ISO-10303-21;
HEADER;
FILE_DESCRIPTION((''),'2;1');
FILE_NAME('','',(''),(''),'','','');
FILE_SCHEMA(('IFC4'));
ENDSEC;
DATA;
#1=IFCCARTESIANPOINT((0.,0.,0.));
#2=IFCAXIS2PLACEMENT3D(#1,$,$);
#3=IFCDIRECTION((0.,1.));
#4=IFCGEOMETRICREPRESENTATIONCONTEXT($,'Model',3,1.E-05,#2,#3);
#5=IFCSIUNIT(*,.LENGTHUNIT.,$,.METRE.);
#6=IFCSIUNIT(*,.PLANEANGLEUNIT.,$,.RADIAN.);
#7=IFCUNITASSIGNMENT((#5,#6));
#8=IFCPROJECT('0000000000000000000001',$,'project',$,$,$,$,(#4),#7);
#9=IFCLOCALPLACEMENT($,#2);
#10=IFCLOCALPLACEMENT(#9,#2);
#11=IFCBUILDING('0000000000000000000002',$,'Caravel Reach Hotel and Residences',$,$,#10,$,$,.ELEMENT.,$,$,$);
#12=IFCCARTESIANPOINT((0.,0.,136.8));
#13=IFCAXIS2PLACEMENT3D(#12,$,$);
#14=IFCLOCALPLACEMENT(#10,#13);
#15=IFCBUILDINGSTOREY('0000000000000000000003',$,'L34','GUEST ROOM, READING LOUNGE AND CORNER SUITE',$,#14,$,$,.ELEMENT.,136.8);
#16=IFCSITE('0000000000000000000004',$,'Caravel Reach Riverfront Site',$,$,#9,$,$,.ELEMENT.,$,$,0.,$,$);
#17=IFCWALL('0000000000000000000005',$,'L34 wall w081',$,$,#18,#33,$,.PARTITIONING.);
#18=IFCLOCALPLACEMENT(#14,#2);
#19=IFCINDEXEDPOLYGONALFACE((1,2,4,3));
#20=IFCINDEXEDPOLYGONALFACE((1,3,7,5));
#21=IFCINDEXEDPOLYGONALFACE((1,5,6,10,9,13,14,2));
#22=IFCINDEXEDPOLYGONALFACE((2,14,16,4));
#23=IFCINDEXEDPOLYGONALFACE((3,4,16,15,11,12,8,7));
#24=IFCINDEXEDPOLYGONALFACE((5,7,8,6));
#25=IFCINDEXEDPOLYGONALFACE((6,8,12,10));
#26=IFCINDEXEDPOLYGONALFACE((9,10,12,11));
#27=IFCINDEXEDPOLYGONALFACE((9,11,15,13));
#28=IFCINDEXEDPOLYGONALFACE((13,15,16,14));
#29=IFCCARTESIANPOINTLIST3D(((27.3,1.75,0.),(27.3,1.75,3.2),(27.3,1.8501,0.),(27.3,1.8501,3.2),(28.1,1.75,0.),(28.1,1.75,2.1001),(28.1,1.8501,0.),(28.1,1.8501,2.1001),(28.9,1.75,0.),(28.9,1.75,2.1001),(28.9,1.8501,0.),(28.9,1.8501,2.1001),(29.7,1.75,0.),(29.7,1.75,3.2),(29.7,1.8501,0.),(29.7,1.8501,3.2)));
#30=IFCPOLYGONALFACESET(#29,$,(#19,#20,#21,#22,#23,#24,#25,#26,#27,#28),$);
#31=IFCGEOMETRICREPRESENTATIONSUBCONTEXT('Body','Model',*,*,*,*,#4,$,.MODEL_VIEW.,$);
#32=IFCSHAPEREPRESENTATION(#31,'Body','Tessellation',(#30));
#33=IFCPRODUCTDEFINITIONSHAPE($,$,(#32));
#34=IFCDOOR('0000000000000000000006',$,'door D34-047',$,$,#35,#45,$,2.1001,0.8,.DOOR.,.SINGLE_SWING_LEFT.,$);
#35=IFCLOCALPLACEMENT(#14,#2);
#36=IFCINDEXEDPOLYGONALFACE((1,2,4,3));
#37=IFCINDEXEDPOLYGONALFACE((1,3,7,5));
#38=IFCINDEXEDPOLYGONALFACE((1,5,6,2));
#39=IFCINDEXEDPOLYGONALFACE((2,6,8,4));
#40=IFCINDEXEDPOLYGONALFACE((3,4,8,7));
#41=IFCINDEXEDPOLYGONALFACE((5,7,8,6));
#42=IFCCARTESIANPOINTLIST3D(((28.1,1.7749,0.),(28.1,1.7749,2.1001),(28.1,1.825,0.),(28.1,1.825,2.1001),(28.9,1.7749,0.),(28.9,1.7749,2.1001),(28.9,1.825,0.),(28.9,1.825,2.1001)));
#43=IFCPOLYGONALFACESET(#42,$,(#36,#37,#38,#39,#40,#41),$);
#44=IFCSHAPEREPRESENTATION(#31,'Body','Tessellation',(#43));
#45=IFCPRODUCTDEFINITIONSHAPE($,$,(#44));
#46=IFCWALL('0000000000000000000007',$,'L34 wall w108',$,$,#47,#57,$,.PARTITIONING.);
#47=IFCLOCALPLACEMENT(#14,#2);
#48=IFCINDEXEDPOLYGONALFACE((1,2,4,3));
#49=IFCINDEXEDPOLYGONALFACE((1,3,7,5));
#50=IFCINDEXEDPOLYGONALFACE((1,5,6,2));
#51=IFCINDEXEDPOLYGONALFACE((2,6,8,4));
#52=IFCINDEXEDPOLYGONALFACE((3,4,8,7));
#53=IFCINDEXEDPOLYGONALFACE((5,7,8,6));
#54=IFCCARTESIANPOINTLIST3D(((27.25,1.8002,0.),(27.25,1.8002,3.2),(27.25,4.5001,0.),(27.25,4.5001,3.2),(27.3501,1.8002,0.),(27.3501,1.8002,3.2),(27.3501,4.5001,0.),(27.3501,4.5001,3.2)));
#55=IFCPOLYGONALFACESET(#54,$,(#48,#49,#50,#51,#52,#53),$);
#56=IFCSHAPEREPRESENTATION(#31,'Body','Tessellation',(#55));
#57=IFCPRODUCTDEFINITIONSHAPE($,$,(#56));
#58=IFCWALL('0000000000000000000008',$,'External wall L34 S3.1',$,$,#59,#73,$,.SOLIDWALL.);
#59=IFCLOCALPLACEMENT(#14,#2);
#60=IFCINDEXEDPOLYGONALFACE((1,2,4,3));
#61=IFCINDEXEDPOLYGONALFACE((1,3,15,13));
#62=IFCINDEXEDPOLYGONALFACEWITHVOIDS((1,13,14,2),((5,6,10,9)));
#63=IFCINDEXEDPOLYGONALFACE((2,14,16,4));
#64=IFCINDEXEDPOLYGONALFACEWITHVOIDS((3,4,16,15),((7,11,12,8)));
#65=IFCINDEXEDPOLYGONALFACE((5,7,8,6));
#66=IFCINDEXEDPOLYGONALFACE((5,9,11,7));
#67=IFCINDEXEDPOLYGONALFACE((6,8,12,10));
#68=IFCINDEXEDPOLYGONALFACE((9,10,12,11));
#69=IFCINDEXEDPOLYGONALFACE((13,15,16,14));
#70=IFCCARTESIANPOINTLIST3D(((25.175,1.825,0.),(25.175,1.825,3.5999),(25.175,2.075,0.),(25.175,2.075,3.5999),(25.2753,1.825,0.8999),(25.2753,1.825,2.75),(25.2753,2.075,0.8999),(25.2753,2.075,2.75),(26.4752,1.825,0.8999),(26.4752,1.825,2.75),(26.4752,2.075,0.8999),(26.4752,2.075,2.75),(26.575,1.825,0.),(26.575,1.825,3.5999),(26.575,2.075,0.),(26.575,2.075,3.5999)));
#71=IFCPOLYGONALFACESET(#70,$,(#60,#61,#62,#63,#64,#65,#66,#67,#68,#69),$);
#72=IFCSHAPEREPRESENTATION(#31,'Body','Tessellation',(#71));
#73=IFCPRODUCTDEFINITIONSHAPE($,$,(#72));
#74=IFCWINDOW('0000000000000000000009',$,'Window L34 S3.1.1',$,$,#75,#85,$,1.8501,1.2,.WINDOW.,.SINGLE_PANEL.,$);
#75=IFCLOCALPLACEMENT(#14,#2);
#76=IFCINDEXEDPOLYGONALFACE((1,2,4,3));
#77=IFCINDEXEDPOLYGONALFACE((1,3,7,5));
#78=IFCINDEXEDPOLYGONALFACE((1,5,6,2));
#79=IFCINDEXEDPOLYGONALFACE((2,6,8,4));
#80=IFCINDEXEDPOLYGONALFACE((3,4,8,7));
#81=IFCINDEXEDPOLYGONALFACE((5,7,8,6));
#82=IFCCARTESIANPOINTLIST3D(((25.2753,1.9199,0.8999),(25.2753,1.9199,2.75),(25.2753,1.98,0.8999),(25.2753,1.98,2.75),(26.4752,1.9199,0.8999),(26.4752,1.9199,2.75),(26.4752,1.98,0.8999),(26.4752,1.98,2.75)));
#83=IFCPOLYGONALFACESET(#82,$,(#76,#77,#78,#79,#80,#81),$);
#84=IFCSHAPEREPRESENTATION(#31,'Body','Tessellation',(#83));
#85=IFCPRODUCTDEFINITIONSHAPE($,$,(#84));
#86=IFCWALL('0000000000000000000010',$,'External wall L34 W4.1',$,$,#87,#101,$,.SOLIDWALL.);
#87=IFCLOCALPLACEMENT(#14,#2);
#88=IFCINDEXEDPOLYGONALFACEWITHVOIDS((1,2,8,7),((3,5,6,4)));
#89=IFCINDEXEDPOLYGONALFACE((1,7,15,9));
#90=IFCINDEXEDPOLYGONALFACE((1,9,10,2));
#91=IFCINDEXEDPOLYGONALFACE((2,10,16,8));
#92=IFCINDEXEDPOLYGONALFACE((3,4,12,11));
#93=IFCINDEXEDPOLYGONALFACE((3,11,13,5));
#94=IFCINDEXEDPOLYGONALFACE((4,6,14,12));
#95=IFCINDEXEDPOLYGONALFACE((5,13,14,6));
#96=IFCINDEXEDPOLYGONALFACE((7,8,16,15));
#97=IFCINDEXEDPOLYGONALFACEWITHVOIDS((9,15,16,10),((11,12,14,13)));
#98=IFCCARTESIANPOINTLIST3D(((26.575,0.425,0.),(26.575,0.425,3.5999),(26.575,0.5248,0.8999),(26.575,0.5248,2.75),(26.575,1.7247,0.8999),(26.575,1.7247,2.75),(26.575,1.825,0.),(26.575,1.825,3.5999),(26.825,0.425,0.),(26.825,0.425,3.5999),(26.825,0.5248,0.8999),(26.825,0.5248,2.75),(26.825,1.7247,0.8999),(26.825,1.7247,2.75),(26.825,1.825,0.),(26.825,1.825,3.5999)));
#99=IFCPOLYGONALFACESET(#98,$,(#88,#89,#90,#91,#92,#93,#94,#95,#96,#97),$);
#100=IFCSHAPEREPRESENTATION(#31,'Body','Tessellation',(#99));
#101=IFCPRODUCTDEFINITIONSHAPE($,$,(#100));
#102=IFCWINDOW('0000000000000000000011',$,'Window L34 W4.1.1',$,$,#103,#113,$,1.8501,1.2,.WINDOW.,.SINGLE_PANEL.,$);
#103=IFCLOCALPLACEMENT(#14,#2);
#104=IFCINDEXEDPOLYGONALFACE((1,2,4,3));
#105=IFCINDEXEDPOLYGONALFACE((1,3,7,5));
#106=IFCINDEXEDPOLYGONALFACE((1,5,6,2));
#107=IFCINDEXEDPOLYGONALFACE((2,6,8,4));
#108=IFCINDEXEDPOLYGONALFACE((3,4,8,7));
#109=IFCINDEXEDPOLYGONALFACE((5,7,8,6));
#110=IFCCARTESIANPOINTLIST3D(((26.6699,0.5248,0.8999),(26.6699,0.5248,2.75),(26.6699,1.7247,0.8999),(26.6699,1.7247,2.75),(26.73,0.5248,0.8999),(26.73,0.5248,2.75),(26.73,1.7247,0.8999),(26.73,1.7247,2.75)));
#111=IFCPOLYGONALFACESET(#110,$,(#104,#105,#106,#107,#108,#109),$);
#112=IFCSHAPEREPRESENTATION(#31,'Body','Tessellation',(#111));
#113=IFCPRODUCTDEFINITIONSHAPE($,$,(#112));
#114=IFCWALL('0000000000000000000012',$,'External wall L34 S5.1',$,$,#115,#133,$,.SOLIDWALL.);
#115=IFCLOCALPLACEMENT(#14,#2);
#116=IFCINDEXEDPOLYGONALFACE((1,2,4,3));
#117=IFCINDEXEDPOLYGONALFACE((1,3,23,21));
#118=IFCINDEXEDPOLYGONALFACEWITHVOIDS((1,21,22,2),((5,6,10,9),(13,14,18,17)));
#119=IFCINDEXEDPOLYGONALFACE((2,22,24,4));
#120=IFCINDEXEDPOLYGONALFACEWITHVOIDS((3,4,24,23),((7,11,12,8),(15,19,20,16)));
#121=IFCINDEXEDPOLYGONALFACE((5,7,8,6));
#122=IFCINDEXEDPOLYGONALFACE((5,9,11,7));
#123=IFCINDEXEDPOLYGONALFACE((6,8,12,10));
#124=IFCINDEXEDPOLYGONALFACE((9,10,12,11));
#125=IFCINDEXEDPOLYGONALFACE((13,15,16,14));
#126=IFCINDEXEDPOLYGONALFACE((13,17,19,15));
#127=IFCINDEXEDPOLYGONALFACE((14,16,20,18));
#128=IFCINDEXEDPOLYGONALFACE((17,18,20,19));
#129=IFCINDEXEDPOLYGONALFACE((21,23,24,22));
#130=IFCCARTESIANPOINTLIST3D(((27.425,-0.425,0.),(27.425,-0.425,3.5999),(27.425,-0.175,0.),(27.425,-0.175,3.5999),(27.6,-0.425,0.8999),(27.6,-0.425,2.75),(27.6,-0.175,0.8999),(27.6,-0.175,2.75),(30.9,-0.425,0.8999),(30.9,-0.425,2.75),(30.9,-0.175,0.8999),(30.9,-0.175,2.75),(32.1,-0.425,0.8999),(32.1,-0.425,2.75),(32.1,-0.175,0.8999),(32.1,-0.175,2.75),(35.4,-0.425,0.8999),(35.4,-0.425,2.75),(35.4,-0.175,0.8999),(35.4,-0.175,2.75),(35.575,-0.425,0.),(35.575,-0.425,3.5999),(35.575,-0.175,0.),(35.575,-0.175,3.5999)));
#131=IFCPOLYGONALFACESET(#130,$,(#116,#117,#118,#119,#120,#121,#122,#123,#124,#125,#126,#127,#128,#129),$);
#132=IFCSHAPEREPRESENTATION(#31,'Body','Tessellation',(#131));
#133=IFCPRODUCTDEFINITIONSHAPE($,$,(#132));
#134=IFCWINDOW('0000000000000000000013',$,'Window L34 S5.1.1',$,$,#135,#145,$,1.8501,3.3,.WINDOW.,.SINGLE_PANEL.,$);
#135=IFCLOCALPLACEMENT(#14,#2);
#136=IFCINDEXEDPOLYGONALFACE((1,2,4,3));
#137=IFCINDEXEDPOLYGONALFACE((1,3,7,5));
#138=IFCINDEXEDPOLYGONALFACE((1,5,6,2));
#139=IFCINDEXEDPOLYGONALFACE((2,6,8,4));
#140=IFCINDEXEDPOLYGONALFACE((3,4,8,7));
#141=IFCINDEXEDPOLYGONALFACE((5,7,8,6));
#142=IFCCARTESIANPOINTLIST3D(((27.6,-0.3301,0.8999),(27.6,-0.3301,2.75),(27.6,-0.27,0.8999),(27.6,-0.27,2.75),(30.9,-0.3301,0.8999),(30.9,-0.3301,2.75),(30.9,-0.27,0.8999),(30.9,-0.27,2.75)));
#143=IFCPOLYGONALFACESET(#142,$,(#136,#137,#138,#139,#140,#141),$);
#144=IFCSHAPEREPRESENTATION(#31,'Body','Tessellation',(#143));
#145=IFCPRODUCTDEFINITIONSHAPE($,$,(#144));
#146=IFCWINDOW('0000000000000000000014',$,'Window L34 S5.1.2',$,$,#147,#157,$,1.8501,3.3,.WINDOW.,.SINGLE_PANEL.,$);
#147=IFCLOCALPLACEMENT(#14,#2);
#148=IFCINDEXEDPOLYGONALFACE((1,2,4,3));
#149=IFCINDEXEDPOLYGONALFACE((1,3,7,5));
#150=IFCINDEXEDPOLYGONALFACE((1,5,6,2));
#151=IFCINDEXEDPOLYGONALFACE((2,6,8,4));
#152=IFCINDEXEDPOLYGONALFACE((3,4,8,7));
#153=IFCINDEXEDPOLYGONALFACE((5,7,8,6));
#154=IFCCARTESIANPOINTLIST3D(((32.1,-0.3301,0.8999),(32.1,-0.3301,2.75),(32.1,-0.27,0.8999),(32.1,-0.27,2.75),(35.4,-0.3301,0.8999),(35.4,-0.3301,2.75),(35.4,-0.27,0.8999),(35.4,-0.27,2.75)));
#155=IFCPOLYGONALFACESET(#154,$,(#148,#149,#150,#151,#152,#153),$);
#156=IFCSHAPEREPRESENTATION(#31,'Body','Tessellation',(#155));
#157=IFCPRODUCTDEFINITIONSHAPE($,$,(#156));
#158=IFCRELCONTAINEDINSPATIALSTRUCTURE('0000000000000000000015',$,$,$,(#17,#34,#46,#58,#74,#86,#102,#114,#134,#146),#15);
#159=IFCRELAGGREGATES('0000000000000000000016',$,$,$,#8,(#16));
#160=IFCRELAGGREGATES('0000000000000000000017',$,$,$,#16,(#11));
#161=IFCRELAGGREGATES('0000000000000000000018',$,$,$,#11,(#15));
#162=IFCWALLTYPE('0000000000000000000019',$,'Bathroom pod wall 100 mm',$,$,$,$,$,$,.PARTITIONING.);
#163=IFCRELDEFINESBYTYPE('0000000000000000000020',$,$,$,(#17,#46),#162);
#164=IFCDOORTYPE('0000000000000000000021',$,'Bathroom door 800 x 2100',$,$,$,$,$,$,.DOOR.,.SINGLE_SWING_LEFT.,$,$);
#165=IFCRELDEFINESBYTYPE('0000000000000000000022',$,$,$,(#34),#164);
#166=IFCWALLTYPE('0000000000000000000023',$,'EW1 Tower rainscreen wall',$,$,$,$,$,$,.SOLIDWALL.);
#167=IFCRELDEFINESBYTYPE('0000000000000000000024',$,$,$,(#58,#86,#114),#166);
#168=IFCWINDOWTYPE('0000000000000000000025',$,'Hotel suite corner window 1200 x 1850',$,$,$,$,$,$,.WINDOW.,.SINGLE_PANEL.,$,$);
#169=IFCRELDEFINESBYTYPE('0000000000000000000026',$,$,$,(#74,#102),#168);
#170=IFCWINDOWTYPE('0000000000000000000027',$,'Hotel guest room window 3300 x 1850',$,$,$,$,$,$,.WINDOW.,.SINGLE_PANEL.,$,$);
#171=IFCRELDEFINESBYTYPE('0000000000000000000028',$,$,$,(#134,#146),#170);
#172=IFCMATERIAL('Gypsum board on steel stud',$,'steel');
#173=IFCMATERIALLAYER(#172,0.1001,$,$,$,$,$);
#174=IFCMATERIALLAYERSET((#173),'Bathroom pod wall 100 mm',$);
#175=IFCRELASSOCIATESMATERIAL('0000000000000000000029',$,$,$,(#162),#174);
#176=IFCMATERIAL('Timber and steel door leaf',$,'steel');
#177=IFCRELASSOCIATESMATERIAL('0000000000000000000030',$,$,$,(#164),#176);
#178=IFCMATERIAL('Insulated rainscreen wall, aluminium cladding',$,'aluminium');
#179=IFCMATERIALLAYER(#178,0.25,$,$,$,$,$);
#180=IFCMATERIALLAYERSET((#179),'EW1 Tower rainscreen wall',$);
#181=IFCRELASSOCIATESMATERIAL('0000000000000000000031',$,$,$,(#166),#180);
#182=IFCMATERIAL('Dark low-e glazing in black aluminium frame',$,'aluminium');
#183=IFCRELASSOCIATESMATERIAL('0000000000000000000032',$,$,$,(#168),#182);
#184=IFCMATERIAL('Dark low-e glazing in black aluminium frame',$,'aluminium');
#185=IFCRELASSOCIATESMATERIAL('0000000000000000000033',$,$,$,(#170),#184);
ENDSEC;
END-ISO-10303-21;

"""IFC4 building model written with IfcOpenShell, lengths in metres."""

from ifc_helpers import new_model, si_unit, direction, frame, frame_2d, origin, place, context, subcontext, project, spatial, rectangle, extrude, material, layer, layer_set, type_object, element, fill, save


model = new_model("IFC4")

# Units and contexts
model_context = context("Model", 3, precision=1e-05, world=origin(), true_north=direction((0.0, 1.0)))
body_context = subcontext(model_context, "Body", "Model", "MODEL_VIEW")
ifc_project = project(units=[si_unit("LENGTHUNIT", "METRE"), si_unit("PLANEANGLEUNIT", "RADIAN")], contexts=[model_context])

# Site, building, storey
site_placement = place(None, origin())
site = spatial("IfcSite", under=ifc_project, at=site_placement, Name="Caravel Reach Riverfront Site", CompositionType="ELEMENT", RefElevation=0.0)
building_placement = place(site_placement, origin())
building = spatial("IfcBuilding", under=site, at=building_placement, Name="Caravel Reach Hotel and Residences", CompositionType="ELEMENT")
storey_placement = place(building_placement, frame((0.0, 0.0, 136.8)))
storey = spatial("IfcBuildingStorey", under=building, at=storey_placement, Name="L34", Description="GUEST ROOM, READING LOUNGE AND CORNER SUITE", CompositionType="ELEMENT", Elevation=136.8)

# Wall, opening, door
ifc_material_1 = material(Name="Gypsum board on steel stud", Category="steel")
ifc_layer_1 = layer(ifc_material_1, 0.1001)
ifc_layer_set_1 = layer_set([ifc_layer_1], Name="Bathroom pod wall 100 mm")
wall_type_1 = type_object("IfcWallType", Name="Bathroom pod wall 100 mm", PredefinedType="PARTITIONING", material=ifc_layer_set_1)
wall_1_placement = place(storey_placement, frame((27.3, 1.8, 0.0), z_axis=(0.0, 0.0, 1.0), x_axis=(1.0, 0.0, 0.0)))
wall_1 = element("IfcWall", 1, at=wall_1_placement, inside=storey, type_object=wall_type_1, Name="L34 wall w081", PredefinedType="PARTITIONING", context=body_context, shape_type="SweptSolid", body=[
    extrude(rectangle(XDim=2.3999, YDim=0.1001, at=frame_2d((1.2, 0.0))), origin(), (0.0, 0.0, 1.0), 3.2),
])
opening_1_placement = place(wall_1_placement, frame((0.8, 0.0, 0.0)))
opening_1 = element("IfcOpeningElement", 2, at=opening_1_placement, cuts=wall_1, PredefinedType="OPENING", context=body_context, shape_type="SweptSolid", body=[
    extrude(rectangle(XDim=0.8, YDim=2.1001, at=frame_2d((0.3999, 1.05))), frame((0.0, 0.0601, 0.0), z_axis=(0.0, -1.0, 0.0), x_axis=(1.0, 0.0, 0.0)), (0.0, 0.0, 1.0), 0.1201),
])
ifc_material_2 = material(Name="Timber and steel door leaf", Category="steel")
door_type = type_object("IfcDoorType", Name="Bathroom door 800 x 2100", OperationType="SINGLE_SWING_LEFT", PredefinedType="DOOR", material=ifc_material_2)
door_placement = place(opening_1_placement, origin())
door = element("IfcDoor", 3, at=door_placement, inside=storey, type_object=door_type, Name="door D34-047", OperationType="SINGLE_SWING_LEFT", OverallHeight=2.1001, OverallWidth=0.8, PredefinedType="DOOR", context=body_context, shape_type="SweptSolid", body=[
    extrude(rectangle(XDim=0.8, YDim=2.1001, at=frame_2d((0.3999, 1.05))), frame((0.0, 0.0249, 0.0), z_axis=(0.0, -1.0, 0.0), x_axis=(1.0, 0.0, 0.0)), (0.0, 0.0, 1.0), 0.05),
])
fill(opening_1, door)

# Wall
wall_2_placement = place(storey_placement, frame((27.3, 1.8, 0.0), z_axis=(0.0, 0.0, 1.0), x_axis=(0.0, 1.0, 0.0)))
element("IfcWall", 4, at=wall_2_placement, inside=storey, type_object=wall_type_1, Name="L34 wall w108", PredefinedType="PARTITIONING", context=body_context, shape_type="SweptSolid", body=[
    extrude(rectangle(XDim=2.7, YDim=0.1001, at=frame_2d((1.3501, 0.0))), origin(), (0.0, 0.0, 1.0), 3.2),
])

# Walls, openings, windows
ifc_material_3 = material(Name="Insulated rainscreen wall, aluminium cladding", Category="aluminium")
ifc_layer_2 = layer(ifc_material_3, 0.25)
ifc_layer_set_2 = layer_set([ifc_layer_2], Name="EW1 Tower rainscreen wall")
wall_type_2 = type_object("IfcWallType", Name="EW1 Tower rainscreen wall", PredefinedType="SOLIDWALL", material=ifc_layer_set_2)
wall_3_placement = place(storey_placement, frame((25.175, 1.95, 0.0), z_axis=(0.0, 0.0, 1.0), x_axis=(1.0, 0.0, 0.0)))
wall_3 = element("IfcWall", 5, at=wall_3_placement, inside=storey, type_object=wall_type_2, Name="External wall L34 S3.1", PredefinedType="SOLIDWALL", context=body_context, shape_type="SweptSolid", body=[
    extrude(rectangle(XDim=1.3999, YDim=0.25, at=frame_2d((0.7, 0.0))), origin(), (0.0, 0.0, 1.0), 3.5999),
])
opening_2_placement = place(wall_3_placement, frame((0.1001, 0.0, 0.8999)))
opening_2 = element("IfcOpeningElement", 6, at=opening_2_placement, cuts=wall_3, PredefinedType="OPENING", context=body_context, shape_type="SweptSolid", body=[
    extrude(rectangle(XDim=1.2, YDim=1.8501, at=frame_2d((0.6001, 0.925))), frame((0.0, 0.135, 0.0), z_axis=(0.0, -1.0, 0.0), x_axis=(1.0, 0.0, 0.0)), (0.0, 0.0, 1.0), 0.27),
])
ifc_material_4 = material(Name="Dark low-e glazing in black aluminium frame", Category="aluminium")
window_type_1 = type_object("IfcWindowType", Name="Hotel suite corner window 1200 x 1850", PartitioningType="SINGLE_PANEL", PredefinedType="WINDOW", material=ifc_material_4)
window_1_placement = place(opening_2_placement, origin())
window_1 = element("IfcWindow", 7, at=window_1_placement, inside=storey, type_object=window_type_1, Name="Window L34 S3.1.1", OverallHeight=1.8501, OverallWidth=1.2, PartitioningType="SINGLE_PANEL", PredefinedType="WINDOW", context=body_context, shape_type="SweptSolid", body=[
    extrude(rectangle(XDim=1.2, YDim=1.8501, at=frame_2d((0.6001, 0.925))), frame((0.0, 0.03, 0.0), z_axis=(0.0, -1.0, 0.0), x_axis=(1.0, 0.0, 0.0)), (0.0, 0.0, 1.0), 0.0601),
])
fill(opening_2, window_1)
wall_4_placement = place(storey_placement, frame((26.7, 1.825, 0.0), z_axis=(0.0, 0.0, 1.0), x_axis=(0.0, -1.0, 0.0)))
wall_4 = element("IfcWall", 8, at=wall_4_placement, inside=storey, type_object=wall_type_2, Name="External wall L34 W4.1", PredefinedType="SOLIDWALL", context=body_context, shape_type="SweptSolid", body=[
    extrude(rectangle(XDim=1.3999, YDim=0.25, at=frame_2d((0.7, 0.0))), origin(), (0.0, 0.0, 1.0), 3.5999),
])
opening_3_placement = place(wall_4_placement, frame((0.1001, 0.0, 0.8999)))
opening_3 = element("IfcOpeningElement", 9, at=opening_3_placement, cuts=wall_4, PredefinedType="OPENING", context=body_context, shape_type="SweptSolid", body=[
    extrude(rectangle(XDim=1.2, YDim=1.8501, at=frame_2d((0.6001, 0.925))), frame((0.0, 0.135, 0.0), z_axis=(0.0, -1.0, 0.0), x_axis=(1.0, 0.0, 0.0)), (0.0, 0.0, 1.0), 0.27),
])
window_2_placement = place(opening_3_placement, origin())
window_2 = element("IfcWindow", 10, at=window_2_placement, inside=storey, type_object=window_type_1, Name="Window L34 W4.1.1", OverallHeight=1.8501, OverallWidth=1.2, PartitioningType="SINGLE_PANEL", PredefinedType="WINDOW", context=body_context, shape_type="SweptSolid", body=[
    extrude(rectangle(XDim=1.2, YDim=1.8501, at=frame_2d((0.6001, 0.925))), frame((0.0, 0.03, 0.0), z_axis=(0.0, -1.0, 0.0), x_axis=(1.0, 0.0, 0.0)), (0.0, 0.0, 1.0), 0.0601),
])
fill(opening_3, window_2)

# Wall, openings, windows
wall_5_placement = place(storey_placement, frame((27.425, -0.3, 0.0), z_axis=(0.0, 0.0, 1.0), x_axis=(1.0, 0.0, 0.0)))
wall_5 = element("IfcWall", 11, at=wall_5_placement, inside=storey, type_object=wall_type_2, Name="External wall L34 S5.1", PredefinedType="SOLIDWALL", context=body_context, shape_type="SweptSolid", body=[
    extrude(rectangle(XDim=8.1499, YDim=0.25, at=frame_2d((4.075, 0.0))), origin(), (0.0, 0.0, 1.0), 3.5999),
])
opening_4_placement = place(wall_5_placement, frame((0.175, 0.0, 0.8999)))
opening_4 = element("IfcOpeningElement", 12, at=opening_4_placement, cuts=wall_5, PredefinedType="OPENING", context=body_context, shape_type="SweptSolid", body=[
    extrude(rectangle(XDim=3.3, YDim=1.8501, at=frame_2d((1.6499, 0.925))), frame((0.0, 0.135, 0.0), z_axis=(0.0, -1.0, 0.0), x_axis=(1.0, 0.0, 0.0)), (0.0, 0.0, 1.0), 0.27),
])
opening_5_placement = place(wall_5_placement, frame((4.675, 0.0, 0.8999)))
opening_5 = element("IfcOpeningElement", 13, at=opening_5_placement, cuts=wall_5, PredefinedType="OPENING", context=body_context, shape_type="SweptSolid", body=[
    extrude(rectangle(XDim=3.3, YDim=1.8501, at=frame_2d((1.6499, 0.925))), frame((0.0, 0.135, 0.0), z_axis=(0.0, -1.0, 0.0), x_axis=(1.0, 0.0, 0.0)), (0.0, 0.0, 1.0), 0.27),
])
ifc_material_5 = material(Name="Dark low-e glazing in black aluminium frame", Category="aluminium")
window_type_2 = type_object("IfcWindowType", Name="Hotel guest room window 3300 x 1850", PartitioningType="SINGLE_PANEL", PredefinedType="WINDOW", material=ifc_material_5)
window_3_placement = place(opening_4_placement, origin())
window_3 = element("IfcWindow", 14, at=window_3_placement, inside=storey, type_object=window_type_2, Name="Window L34 S5.1.1", OverallHeight=1.8501, OverallWidth=3.3, PartitioningType="SINGLE_PANEL", PredefinedType="WINDOW", context=body_context, shape_type="SweptSolid", body=[
    extrude(rectangle(XDim=3.3, YDim=1.8501, at=frame_2d((1.6499, 0.925))), frame((0.0, 0.03, 0.0), z_axis=(0.0, -1.0, 0.0), x_axis=(1.0, 0.0, 0.0)), (0.0, 0.0, 1.0), 0.0601),
])
fill(opening_4, window_3)
window_4_placement = place(opening_5_placement, origin())
window_4 = element("IfcWindow", 15, at=window_4_placement, inside=storey, type_object=window_type_2, Name="Window L34 S5.1.2", OverallHeight=1.8501, OverallWidth=3.3, PartitioningType="SINGLE_PANEL", PredefinedType="WINDOW", context=body_context, shape_type="SweptSolid", body=[
    extrude(rectangle(XDim=3.3, YDim=1.8501, at=frame_2d((1.6499, 0.925))), frame((0.0, 0.03, 0.0), z_axis=(0.0, -1.0, 0.0), x_axis=(1.0, 0.0, 0.0)), (0.0, 0.0, 1.0), 0.0601),
])
fill(opening_5, window_4)

save(model, "model.ifc")
